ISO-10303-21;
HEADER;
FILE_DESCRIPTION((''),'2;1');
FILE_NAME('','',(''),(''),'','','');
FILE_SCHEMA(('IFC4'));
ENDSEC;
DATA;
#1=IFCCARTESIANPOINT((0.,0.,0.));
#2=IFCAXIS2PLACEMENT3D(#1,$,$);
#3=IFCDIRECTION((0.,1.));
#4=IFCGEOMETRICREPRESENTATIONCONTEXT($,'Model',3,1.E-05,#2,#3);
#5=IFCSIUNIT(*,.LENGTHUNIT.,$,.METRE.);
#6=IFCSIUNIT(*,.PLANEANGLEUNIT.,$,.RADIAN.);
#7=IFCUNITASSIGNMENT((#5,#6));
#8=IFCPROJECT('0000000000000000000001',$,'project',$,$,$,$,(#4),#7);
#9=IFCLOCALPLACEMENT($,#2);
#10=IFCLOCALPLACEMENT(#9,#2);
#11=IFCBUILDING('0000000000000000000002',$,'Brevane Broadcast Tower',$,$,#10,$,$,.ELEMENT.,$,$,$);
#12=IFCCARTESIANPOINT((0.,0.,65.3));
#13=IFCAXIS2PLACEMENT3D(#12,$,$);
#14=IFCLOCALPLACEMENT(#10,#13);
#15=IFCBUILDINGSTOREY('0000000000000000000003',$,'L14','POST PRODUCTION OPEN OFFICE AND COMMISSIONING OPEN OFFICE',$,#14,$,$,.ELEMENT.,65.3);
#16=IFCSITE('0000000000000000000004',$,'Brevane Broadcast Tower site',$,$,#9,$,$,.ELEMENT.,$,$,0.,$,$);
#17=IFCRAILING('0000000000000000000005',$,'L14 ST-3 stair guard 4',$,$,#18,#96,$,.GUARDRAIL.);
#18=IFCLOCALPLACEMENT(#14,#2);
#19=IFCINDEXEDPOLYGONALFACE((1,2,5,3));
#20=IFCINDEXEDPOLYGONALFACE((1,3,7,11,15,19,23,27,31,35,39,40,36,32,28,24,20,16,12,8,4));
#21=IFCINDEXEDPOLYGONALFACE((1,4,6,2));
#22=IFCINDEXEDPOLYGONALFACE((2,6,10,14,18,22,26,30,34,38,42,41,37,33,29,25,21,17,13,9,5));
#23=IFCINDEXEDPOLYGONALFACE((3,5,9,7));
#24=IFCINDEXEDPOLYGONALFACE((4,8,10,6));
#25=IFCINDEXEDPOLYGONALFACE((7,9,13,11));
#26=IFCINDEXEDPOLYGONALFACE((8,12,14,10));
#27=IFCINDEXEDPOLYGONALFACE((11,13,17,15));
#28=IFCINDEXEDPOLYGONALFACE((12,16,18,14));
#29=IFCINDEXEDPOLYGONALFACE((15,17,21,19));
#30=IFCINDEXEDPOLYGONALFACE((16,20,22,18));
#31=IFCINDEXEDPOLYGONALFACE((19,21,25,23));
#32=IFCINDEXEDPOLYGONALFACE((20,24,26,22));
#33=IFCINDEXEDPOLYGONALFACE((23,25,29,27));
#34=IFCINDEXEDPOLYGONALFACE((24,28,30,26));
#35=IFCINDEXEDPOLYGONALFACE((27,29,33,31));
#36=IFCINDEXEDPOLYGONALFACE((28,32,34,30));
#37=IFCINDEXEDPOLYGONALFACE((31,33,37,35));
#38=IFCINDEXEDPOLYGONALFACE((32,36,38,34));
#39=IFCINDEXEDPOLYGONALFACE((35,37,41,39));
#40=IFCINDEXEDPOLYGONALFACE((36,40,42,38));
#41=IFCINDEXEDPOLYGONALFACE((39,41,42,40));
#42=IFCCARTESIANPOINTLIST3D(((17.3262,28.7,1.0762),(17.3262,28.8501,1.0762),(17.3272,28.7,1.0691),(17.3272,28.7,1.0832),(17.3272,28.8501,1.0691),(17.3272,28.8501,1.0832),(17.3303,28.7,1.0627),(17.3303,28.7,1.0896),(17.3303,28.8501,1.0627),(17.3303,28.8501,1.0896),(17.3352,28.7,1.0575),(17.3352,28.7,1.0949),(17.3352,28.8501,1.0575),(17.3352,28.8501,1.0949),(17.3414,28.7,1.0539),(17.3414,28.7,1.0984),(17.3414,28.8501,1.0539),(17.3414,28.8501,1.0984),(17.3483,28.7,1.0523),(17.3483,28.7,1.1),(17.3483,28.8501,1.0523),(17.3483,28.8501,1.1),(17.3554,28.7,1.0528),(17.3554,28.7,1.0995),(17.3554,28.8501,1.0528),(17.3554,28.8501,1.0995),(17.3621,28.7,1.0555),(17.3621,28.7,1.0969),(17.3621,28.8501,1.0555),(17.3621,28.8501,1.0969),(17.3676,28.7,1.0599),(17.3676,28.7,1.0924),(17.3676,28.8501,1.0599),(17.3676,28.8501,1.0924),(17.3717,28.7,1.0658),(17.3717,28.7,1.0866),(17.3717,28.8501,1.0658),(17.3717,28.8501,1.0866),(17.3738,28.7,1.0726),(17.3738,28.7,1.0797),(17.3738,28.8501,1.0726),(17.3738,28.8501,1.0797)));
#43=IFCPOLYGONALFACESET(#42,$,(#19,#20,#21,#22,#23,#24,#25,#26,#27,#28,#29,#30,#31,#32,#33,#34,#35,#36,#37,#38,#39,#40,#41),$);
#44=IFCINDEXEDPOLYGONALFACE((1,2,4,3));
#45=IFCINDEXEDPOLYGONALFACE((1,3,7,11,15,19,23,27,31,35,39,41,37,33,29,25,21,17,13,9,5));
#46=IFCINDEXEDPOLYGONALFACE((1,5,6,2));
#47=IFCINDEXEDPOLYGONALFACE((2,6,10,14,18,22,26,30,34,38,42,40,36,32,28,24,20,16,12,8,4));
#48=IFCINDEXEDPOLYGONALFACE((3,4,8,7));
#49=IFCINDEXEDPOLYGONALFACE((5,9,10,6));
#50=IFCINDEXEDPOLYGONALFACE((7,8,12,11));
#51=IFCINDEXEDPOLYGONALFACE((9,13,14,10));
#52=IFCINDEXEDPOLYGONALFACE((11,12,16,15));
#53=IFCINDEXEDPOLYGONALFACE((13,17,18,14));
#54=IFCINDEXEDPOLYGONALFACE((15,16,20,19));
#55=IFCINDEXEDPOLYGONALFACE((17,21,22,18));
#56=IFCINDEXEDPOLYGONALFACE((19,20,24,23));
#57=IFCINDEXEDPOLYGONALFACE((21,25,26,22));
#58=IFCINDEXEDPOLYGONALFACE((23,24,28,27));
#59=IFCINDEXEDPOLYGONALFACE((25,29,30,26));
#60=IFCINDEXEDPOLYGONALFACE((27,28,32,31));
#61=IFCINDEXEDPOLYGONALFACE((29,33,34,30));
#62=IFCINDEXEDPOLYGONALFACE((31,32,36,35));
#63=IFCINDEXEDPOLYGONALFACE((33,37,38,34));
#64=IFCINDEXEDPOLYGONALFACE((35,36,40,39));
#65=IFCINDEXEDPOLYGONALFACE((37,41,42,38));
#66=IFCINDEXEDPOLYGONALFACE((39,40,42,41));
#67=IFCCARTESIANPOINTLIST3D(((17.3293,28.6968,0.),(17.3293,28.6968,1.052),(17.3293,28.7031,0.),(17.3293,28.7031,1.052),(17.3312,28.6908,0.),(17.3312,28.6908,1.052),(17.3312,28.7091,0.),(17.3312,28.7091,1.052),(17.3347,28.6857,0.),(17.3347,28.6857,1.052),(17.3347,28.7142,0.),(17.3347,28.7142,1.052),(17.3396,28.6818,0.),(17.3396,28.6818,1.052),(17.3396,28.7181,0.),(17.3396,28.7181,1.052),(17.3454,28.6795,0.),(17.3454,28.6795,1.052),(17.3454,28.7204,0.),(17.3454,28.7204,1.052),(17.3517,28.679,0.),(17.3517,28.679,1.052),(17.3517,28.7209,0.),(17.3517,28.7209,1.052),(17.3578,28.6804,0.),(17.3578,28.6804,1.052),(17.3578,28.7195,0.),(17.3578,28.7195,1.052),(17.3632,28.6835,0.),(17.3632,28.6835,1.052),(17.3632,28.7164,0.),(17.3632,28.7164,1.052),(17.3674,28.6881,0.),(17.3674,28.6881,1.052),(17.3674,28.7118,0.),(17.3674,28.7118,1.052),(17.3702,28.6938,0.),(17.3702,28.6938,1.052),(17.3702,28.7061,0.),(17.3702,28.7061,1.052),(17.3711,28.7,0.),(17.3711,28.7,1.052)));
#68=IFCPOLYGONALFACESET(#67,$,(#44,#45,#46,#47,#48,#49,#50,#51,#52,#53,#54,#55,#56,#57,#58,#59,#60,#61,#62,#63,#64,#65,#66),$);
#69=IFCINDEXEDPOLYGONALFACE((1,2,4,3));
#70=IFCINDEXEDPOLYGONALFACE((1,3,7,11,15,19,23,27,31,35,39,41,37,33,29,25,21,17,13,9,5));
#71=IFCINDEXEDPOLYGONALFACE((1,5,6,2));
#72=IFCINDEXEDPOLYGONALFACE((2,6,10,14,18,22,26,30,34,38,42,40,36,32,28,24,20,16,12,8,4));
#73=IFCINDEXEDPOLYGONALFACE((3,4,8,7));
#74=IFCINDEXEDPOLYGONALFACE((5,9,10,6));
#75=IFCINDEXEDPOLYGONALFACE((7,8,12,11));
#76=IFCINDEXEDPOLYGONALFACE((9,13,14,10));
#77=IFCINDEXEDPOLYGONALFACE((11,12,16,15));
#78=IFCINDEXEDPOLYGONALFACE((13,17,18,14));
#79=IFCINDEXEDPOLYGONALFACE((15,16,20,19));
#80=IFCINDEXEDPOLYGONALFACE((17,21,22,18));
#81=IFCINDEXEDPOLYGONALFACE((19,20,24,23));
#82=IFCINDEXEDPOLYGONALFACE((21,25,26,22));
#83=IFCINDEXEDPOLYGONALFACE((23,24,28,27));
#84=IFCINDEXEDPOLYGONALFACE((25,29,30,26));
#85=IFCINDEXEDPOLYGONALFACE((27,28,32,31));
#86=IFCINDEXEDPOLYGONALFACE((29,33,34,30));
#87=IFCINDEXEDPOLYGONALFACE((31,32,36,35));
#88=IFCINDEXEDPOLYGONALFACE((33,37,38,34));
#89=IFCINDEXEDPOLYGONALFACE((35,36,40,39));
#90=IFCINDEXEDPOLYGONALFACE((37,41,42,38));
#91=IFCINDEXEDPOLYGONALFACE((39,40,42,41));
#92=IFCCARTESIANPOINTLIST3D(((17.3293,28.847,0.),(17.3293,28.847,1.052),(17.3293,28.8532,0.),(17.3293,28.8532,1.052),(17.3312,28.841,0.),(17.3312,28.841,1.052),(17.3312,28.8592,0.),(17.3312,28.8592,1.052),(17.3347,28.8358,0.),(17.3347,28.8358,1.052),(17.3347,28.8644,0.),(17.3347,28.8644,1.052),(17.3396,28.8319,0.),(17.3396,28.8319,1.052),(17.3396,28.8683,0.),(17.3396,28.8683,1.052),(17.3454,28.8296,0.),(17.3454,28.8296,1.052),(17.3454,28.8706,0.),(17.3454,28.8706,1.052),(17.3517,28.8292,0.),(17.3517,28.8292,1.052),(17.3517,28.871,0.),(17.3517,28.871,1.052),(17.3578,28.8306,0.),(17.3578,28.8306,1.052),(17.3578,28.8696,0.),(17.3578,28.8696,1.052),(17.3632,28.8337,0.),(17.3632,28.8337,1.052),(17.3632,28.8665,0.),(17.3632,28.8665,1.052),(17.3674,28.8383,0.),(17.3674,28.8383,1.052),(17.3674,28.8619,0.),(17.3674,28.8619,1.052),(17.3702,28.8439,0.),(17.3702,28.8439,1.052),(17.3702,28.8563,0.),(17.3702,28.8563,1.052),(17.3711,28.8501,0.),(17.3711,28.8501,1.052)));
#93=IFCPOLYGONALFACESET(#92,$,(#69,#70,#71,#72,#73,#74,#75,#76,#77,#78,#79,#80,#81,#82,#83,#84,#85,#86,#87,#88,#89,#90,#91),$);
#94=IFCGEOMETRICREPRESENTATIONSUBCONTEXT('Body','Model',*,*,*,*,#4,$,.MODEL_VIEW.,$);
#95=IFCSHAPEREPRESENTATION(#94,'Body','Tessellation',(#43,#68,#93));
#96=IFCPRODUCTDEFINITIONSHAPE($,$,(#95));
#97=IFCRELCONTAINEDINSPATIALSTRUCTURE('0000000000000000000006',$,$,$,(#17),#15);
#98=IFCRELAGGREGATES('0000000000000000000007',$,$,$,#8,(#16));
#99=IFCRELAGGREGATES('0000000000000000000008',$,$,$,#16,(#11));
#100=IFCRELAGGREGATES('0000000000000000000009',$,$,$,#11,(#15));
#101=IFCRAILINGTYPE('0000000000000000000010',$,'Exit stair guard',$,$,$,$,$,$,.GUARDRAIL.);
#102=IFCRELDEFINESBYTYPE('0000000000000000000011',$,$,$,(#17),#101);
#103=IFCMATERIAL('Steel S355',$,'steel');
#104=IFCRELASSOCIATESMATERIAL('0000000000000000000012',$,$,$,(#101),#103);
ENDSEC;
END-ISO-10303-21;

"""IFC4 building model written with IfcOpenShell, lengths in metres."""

from ifc_helpers import new_model, si_unit, direction, frame, origin, origin_2d, place, context, subcontext, project, spatial, circle, extrude, material, type_object, element, save


model = new_model("IFC4")

# Units and contexts
model_context = context("Model", 3, precision=1e-05, world=origin(), true_north=direction((0.0, 1.0)))
body_context = subcontext(model_context, "Body", "Model", "MODEL_VIEW")
ifc_project = project(units=[si_unit("LENGTHUNIT", "METRE"), si_unit("PLANEANGLEUNIT", "RADIAN")], contexts=[model_context])

# Site, building, storey
site_placement = place(None, origin())
site = spatial("IfcSite", under=ifc_project, at=site_placement, Name="Brevane Broadcast Tower site", CompositionType="ELEMENT", RefElevation=0.0)
building_placement = place(site_placement, origin())
building = spatial("IfcBuilding", under=site, at=building_placement, Name="Brevane Broadcast Tower", CompositionType="ELEMENT")
storey_placement = place(building_placement, frame((0.0, 0.0, 65.3)))
storey = spatial("IfcBuildingStorey", under=building, at=storey_placement, Name="L14", Description="POST PRODUCTION OPEN OFFICE AND COMMISSIONING OPEN OFFICE", CompositionType="ELEMENT", Elevation=65.3)

# Railing
ifc_material_1 = material(Name="Steel S355", Category="steel")
railing_type_1 = type_object("IfcRailingType", Name="Exit stair guard", PredefinedType="GUARDRAIL", material=ifc_material_1)
railing_1_placement = place(storey_placement, frame((17.3501, 28.7, 0.0)))
element("IfcRailing", 1, at=railing_1_placement, inside=storey, type_object=railing_type_1, Name="L14 ST-3 stair guard 4", PredefinedType="GUARDRAIL", context=body_context, shape_type="SweptSolid", body=[
    extrude(circle(Radius=0.0239, at=origin_2d()), frame((0.0, 0.0, 1.0762), z_axis=(0.0, 1.0, 0.0), x_axis=(-1.0, 0.0, 0.0)), (0.0, 0.0, 1.0), 0.1501),
    extrude(circle(Radius=0.021, at=origin_2d()), origin(), (0.0, 0.0, 1.0), 1.052),
    extrude(circle(Radius=0.021, at=origin_2d()), frame((0.0, 0.1501, 0.0)), (0.0, 0.0, 1.0), 1.052),
])

save(model, "model.ifc")
